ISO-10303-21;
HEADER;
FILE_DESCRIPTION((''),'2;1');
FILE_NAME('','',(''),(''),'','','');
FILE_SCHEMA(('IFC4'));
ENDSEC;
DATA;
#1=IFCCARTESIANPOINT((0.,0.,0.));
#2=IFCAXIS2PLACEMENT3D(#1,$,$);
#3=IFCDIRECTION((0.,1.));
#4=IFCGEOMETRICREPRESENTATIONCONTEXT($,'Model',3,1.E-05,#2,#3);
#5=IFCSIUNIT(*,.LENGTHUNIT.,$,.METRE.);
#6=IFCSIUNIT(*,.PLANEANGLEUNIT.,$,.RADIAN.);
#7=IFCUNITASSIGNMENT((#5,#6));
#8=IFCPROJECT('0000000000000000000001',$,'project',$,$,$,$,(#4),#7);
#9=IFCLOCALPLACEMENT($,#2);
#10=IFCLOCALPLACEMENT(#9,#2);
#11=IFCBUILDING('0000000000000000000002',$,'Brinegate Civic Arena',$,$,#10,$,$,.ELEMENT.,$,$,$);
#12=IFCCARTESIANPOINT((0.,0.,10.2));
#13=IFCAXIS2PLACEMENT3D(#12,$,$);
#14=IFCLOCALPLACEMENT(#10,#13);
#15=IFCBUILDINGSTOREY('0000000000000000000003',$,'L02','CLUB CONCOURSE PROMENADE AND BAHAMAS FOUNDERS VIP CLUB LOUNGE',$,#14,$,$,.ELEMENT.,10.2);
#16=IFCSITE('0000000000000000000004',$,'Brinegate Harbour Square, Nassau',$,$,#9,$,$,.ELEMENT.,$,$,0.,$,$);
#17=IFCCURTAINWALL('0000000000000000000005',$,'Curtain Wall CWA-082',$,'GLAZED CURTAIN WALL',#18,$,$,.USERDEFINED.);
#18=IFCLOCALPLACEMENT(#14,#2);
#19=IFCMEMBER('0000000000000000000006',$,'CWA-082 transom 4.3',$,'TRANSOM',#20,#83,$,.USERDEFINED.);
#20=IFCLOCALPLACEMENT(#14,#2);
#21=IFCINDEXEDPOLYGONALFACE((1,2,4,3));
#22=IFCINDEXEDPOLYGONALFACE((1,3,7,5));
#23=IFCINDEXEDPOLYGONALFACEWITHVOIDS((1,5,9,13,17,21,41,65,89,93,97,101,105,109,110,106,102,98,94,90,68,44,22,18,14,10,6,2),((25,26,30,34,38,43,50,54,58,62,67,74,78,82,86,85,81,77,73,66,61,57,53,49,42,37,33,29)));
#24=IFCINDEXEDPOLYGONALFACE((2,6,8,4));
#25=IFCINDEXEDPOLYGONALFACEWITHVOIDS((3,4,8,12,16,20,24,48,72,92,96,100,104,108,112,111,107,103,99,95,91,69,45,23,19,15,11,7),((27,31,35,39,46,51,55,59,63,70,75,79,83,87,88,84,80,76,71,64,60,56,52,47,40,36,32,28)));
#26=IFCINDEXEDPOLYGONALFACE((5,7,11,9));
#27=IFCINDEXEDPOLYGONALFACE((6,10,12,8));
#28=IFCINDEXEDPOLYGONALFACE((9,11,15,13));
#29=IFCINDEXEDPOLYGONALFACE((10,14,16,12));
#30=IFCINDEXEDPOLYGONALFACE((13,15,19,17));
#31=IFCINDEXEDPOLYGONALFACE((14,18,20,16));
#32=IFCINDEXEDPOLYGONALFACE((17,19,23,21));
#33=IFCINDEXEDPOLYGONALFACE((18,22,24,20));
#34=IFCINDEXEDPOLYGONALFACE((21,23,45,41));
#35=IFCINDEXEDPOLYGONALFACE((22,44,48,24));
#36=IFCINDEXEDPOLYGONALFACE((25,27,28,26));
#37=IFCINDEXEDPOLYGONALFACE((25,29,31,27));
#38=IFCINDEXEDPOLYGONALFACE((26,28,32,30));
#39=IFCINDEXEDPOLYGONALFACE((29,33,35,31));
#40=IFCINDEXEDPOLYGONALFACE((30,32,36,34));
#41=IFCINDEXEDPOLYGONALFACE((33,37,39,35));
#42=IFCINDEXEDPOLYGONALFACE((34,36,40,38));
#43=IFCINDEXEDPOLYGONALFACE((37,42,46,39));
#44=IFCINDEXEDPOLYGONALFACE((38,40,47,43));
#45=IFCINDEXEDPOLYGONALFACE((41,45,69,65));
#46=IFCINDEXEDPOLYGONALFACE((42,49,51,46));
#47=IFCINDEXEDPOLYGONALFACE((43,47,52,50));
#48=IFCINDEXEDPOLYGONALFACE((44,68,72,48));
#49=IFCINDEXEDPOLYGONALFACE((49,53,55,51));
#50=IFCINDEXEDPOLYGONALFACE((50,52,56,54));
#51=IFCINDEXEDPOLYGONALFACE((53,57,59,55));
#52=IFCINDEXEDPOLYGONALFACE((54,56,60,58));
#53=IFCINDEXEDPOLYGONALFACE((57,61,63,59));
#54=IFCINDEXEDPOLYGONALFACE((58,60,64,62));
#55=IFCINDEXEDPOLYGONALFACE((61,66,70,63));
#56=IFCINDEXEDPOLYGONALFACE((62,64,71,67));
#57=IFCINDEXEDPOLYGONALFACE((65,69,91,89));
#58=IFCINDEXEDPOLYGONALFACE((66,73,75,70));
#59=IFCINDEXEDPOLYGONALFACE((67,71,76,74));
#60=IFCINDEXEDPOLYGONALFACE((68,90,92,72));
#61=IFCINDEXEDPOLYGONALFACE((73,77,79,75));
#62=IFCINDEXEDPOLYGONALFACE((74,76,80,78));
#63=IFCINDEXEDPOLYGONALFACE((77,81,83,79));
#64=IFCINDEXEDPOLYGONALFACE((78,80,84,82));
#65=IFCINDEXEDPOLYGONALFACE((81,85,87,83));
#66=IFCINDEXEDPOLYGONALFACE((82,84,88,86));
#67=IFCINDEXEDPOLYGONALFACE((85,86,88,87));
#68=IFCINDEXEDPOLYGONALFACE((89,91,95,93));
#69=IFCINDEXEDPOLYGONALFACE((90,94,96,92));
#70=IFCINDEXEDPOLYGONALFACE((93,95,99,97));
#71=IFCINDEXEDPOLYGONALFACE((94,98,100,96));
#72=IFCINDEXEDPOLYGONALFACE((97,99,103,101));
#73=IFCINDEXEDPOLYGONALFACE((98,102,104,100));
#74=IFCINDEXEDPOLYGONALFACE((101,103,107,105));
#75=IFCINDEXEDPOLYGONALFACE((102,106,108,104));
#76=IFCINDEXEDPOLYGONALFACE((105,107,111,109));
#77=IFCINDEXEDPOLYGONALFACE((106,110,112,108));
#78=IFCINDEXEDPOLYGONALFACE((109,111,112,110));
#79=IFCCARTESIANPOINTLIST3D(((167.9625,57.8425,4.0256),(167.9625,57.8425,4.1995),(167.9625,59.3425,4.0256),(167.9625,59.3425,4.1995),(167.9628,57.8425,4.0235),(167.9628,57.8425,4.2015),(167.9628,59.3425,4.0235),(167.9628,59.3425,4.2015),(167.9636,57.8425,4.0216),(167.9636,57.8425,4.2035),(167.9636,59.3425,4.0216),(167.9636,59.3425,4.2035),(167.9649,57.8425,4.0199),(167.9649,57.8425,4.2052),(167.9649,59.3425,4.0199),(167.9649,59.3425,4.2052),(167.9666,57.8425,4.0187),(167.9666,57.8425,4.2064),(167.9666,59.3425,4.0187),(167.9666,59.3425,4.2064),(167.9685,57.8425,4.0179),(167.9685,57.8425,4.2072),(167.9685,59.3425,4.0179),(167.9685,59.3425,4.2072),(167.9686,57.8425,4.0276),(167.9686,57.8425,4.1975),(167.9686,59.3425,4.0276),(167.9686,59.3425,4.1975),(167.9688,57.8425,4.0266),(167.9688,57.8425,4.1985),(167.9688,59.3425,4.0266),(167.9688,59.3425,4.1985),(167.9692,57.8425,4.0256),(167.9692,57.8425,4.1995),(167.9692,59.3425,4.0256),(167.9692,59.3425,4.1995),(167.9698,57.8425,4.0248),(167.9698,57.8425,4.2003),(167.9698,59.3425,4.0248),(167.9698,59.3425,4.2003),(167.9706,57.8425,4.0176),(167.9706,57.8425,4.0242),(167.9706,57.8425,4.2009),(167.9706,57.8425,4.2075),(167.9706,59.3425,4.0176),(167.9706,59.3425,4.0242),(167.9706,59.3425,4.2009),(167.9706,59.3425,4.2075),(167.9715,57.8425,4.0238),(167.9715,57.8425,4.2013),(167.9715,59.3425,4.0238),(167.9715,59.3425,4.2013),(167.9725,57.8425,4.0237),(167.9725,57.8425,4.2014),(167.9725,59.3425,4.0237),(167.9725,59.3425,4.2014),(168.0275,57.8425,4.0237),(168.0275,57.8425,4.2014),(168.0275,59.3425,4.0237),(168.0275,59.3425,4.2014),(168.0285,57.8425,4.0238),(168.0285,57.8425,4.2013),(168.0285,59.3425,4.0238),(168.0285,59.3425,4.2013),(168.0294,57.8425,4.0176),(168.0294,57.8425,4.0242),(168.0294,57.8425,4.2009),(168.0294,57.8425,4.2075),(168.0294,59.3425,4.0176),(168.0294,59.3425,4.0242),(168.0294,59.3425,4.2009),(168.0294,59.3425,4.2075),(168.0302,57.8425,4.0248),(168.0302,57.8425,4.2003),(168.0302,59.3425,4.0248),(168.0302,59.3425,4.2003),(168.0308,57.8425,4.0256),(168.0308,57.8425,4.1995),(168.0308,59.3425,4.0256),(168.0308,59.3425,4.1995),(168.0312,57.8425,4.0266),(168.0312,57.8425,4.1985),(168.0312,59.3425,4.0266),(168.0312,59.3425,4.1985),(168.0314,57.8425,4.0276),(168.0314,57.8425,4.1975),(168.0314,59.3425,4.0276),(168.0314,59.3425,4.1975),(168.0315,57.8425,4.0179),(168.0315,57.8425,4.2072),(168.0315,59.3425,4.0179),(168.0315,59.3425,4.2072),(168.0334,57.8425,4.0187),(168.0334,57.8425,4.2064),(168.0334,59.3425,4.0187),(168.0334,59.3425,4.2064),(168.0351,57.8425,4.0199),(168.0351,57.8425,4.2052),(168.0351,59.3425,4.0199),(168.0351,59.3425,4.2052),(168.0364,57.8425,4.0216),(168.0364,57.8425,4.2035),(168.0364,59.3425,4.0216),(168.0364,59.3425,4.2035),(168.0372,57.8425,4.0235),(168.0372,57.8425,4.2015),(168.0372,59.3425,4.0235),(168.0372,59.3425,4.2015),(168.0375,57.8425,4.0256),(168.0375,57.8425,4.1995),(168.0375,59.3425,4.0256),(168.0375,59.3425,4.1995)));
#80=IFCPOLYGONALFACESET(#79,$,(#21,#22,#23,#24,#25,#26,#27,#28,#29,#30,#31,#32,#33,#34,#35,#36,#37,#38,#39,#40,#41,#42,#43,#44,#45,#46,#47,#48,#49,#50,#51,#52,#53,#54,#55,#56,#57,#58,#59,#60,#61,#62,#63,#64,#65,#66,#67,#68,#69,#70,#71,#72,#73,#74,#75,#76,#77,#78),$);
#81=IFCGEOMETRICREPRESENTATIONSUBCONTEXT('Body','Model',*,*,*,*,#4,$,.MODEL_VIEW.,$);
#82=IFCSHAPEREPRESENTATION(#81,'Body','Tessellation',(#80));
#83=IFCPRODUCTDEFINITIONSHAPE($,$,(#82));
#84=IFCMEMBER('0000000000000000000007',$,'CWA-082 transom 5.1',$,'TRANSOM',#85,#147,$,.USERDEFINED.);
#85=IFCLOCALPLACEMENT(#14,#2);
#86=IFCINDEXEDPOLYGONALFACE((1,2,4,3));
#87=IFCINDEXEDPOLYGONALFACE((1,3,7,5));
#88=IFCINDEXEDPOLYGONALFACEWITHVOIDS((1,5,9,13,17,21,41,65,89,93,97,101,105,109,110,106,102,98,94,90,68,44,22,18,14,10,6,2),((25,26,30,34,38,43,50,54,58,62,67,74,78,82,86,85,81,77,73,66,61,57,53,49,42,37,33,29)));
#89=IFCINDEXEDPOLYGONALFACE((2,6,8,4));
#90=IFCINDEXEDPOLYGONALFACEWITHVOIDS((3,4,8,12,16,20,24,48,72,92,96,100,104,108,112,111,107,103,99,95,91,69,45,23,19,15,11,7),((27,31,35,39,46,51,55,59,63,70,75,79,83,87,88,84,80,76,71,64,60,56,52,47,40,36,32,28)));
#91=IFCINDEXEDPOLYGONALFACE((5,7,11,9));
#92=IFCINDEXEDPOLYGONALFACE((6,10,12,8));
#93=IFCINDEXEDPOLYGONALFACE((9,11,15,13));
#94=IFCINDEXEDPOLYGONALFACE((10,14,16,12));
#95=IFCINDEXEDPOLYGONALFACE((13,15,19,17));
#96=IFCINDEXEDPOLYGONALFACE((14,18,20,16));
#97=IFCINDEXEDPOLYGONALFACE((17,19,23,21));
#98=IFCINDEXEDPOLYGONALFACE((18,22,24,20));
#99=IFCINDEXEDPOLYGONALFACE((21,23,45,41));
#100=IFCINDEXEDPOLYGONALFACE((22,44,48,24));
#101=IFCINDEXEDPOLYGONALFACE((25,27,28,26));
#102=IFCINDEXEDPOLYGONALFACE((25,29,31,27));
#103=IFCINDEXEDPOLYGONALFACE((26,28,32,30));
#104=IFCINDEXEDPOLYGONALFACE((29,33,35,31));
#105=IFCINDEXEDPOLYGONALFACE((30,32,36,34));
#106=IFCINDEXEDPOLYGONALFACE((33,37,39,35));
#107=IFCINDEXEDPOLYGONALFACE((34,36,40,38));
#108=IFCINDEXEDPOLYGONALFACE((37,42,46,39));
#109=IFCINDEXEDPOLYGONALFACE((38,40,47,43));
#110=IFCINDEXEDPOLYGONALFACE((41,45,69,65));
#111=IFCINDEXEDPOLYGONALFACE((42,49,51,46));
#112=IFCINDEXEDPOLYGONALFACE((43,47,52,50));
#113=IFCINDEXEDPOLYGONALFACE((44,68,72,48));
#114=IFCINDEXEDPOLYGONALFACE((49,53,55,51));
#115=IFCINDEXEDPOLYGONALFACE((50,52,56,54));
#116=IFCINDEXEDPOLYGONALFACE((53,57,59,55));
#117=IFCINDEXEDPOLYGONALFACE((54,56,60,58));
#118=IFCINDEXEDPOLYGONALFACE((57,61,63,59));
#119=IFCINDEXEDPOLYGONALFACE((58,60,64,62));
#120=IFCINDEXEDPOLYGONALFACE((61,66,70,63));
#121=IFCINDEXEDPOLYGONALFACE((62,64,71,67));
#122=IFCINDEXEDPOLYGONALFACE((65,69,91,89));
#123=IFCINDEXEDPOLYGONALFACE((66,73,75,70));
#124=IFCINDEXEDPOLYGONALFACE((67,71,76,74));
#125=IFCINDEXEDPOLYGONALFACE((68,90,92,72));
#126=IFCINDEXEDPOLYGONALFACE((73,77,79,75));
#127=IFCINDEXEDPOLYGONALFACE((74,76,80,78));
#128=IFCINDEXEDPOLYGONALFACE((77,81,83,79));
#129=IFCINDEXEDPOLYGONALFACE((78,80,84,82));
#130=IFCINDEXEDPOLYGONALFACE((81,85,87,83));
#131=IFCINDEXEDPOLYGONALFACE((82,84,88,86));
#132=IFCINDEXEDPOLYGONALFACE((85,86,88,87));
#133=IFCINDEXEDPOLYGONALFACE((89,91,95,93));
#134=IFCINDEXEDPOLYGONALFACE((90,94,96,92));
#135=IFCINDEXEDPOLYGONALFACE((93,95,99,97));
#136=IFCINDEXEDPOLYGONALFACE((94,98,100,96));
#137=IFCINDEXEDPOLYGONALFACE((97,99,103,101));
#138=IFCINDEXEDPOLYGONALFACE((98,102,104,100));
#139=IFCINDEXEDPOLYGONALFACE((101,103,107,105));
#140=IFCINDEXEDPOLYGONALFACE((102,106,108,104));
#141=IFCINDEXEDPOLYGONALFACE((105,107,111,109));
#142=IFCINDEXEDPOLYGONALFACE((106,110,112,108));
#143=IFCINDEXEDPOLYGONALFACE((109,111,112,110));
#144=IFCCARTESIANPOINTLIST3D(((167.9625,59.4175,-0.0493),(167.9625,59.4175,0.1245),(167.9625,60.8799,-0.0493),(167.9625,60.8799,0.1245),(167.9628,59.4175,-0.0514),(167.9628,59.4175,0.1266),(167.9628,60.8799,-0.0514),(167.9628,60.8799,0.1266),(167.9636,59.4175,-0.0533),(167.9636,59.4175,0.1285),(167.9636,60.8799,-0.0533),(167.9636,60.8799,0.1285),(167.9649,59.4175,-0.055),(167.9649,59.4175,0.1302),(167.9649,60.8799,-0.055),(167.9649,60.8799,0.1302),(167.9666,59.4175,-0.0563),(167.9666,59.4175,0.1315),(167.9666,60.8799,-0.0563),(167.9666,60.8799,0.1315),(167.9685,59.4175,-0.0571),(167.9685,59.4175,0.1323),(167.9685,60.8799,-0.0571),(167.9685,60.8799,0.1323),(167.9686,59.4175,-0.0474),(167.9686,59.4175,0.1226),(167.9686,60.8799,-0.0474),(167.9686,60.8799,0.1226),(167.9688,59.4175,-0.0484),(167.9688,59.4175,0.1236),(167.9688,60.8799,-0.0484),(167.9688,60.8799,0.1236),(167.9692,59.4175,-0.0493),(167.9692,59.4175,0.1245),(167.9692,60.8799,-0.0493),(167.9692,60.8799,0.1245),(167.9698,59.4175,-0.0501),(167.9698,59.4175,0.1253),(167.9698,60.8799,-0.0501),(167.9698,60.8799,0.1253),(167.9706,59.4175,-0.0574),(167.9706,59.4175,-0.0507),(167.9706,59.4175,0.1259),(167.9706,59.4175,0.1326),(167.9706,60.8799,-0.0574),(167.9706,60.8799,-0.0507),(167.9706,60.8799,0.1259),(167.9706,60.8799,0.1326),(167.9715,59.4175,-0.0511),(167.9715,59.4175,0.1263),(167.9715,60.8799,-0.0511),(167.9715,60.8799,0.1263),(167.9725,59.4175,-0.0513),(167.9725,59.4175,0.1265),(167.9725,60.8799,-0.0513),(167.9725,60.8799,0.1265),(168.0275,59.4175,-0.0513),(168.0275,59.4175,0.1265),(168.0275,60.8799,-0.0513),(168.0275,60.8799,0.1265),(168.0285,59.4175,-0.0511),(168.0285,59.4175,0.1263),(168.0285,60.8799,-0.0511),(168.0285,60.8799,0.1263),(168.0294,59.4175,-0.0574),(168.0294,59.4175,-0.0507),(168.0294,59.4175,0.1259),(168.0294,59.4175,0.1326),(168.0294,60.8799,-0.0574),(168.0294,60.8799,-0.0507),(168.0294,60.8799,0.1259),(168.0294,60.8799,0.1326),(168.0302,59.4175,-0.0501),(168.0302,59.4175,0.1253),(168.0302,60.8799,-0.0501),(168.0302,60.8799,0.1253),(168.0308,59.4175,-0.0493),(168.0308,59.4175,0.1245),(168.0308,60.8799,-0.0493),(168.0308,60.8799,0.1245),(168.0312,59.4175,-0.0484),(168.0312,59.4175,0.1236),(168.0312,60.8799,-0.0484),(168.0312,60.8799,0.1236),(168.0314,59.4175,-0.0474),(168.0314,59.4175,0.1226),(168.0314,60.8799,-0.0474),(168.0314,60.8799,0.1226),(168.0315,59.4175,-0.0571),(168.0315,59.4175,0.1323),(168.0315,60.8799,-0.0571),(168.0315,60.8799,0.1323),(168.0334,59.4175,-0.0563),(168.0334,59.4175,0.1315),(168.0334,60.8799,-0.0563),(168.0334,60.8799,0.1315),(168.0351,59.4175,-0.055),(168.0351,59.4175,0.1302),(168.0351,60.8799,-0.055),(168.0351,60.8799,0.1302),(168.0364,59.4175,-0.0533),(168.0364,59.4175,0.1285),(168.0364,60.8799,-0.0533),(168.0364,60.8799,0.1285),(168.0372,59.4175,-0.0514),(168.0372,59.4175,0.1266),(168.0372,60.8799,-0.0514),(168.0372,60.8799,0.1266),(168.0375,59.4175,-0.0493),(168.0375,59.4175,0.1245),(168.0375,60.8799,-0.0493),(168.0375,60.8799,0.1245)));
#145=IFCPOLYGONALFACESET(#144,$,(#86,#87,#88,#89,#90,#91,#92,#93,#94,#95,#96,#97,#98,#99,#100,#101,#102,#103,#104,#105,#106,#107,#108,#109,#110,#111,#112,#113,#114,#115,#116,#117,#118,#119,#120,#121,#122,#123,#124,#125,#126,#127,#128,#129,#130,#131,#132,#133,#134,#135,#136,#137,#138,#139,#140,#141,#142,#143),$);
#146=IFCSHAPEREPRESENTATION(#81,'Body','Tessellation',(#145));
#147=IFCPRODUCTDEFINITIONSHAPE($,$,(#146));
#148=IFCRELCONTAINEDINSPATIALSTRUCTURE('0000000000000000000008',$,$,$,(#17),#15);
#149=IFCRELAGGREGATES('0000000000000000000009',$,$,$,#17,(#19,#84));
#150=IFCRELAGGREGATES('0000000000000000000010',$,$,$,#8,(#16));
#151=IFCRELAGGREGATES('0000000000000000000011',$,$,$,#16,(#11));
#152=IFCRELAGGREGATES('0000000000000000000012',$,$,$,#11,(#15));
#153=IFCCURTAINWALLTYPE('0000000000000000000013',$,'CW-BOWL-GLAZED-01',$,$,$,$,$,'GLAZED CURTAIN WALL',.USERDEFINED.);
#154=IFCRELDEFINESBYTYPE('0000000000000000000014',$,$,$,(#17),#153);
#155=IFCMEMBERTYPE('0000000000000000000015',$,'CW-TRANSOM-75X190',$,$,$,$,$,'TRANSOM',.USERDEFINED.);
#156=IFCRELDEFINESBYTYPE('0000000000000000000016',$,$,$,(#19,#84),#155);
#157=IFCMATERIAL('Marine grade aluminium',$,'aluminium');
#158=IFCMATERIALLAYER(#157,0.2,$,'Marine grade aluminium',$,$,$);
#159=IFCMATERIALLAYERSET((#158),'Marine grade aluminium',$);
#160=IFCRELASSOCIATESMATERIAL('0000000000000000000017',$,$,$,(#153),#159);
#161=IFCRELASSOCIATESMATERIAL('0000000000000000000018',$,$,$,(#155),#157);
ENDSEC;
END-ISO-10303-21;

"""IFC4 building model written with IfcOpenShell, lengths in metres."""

from ifc_helpers import new_model, si_unit, direction, frame, origin, origin_2d, place, context, subcontext, project, spatial, hollow_rectangle, extrude, material, layer, layer_set, material_profile, profile_set, type_object, element, aggregate, save


model = new_model("IFC4")

# Units and contexts
model_context = context("Model", 3, precision=1e-05, world=origin(), true_north=direction((0.0, 1.0)))
body_context = subcontext(model_context, "Body", "Model", "MODEL_VIEW")
ifc_project = project(units=[si_unit("LENGTHUNIT", "METRE"), si_unit("PLANEANGLEUNIT", "RADIAN")], contexts=[model_context])

# Site, building, storey
site_placement = place(None, origin())
site = spatial("IfcSite", under=ifc_project, at=site_placement, Name="Brinegate Harbour Square, Nassau", CompositionType="ELEMENT", RefElevation=0.0)
building_placement = place(site_placement, origin())
building = spatial("IfcBuilding", under=site, at=building_placement, Name="Brinegate Civic Arena", CompositionType="ELEMENT")
storey_placement = place(building_placement, frame((0.0, 0.0, 10.2)))
storey = spatial("IfcBuildingStorey", under=building, at=storey_placement, Name="L02", Description="CLUB CONCOURSE PROMENADE AND BAHAMAS FOUNDERS VIP CLUB LOUNGE", CompositionType="ELEMENT", Elevation=10.2)

# Shared definitions
ifc_material_1 = material(Name="Marine grade aluminium", Category="aluminium")
ifc_layer_1 = layer(ifc_material_1, 0.2, Name="Marine grade aluminium")
ifc_layer_set_1 = layer_set([ifc_layer_1], Name="Marine grade aluminium")
curtain_wall_type = type_object("IfcCurtainWallType", Name="CW-BOWL-GLAZED-01", ElementType="GLAZED CURTAIN WALL", PredefinedType="USERDEFINED", material=ifc_layer_set_1)

# Curtain wall
curtain_wall_1_placement = place(storey_placement, origin())
curtain_wall_1 = element("IfcCurtainWall", 1, at=curtain_wall_1_placement, inside=storey, type_object=curtain_wall_type, Name="Curtain Wall CWA-082", ObjectType="GLAZED CURTAIN WALL", PredefinedType="USERDEFINED")

# Members
ifc_material_profile_1 = material_profile(ifc_material_1, hollow_rectangle(XDim=0.075, YDim=0.1899, WallThickness=0.0061, InnerFilletRadius=0.0039, OuterFilletRadius=0.0081, at=origin_2d()), Name="TRN75X190")
ifc_profile_set_1 = profile_set([ifc_material_profile_1], Name="Marine grade aluminium")
member_type_1 = type_object("IfcMemberType", Name="CW-TRANSOM-75X190", ElementType="TRANSOM", PredefinedType="USERDEFINED", material=ifc_profile_set_1)
member_1_placement = place(storey_placement, frame((168.0, 57.8425, 4.1125), z_axis=(0.0, 1.0, 0.0), x_axis=(-1.0, 0.0, 0.0)))
member_1 = element("IfcMember", 2, at=member_1_placement, type_object=member_type_1, Name="CWA-082 transom 4.3", ObjectType="TRANSOM", PredefinedType="USERDEFINED", context=body_context, shape_type="SweptSolid", body=[
    extrude(hollow_rectangle(XDim=0.075, YDim=0.1899, WallThickness=0.0061, InnerFilletRadius=0.0039, OuterFilletRadius=0.0081, at=origin_2d()), origin(), (0.0, 0.0, 1.0), 1.5),
])
member_2_placement = place(storey_placement, frame((168.0, 59.4175, 0.0376), z_axis=(0.0, 1.0, 0.0), x_axis=(-1.0, 0.0, 0.0)))
member_2 = element("IfcMember", 3, at=member_2_placement, type_object=member_type_1, Name="CWA-082 transom 5.1", ObjectType="TRANSOM", PredefinedType="USERDEFINED", context=body_context, shape_type="SweptSolid", body=[
    extrude(hollow_rectangle(XDim=0.075, YDim=0.1899, WallThickness=0.0061, InnerFilletRadius=0.0039, OuterFilletRadius=0.0081, at=origin_2d()), origin(), (0.0, 0.0, 1.0), 1.4624),
])

aggregate(curtain_wall_1, [member_1, member_2])

save(model, "model.ifc")
